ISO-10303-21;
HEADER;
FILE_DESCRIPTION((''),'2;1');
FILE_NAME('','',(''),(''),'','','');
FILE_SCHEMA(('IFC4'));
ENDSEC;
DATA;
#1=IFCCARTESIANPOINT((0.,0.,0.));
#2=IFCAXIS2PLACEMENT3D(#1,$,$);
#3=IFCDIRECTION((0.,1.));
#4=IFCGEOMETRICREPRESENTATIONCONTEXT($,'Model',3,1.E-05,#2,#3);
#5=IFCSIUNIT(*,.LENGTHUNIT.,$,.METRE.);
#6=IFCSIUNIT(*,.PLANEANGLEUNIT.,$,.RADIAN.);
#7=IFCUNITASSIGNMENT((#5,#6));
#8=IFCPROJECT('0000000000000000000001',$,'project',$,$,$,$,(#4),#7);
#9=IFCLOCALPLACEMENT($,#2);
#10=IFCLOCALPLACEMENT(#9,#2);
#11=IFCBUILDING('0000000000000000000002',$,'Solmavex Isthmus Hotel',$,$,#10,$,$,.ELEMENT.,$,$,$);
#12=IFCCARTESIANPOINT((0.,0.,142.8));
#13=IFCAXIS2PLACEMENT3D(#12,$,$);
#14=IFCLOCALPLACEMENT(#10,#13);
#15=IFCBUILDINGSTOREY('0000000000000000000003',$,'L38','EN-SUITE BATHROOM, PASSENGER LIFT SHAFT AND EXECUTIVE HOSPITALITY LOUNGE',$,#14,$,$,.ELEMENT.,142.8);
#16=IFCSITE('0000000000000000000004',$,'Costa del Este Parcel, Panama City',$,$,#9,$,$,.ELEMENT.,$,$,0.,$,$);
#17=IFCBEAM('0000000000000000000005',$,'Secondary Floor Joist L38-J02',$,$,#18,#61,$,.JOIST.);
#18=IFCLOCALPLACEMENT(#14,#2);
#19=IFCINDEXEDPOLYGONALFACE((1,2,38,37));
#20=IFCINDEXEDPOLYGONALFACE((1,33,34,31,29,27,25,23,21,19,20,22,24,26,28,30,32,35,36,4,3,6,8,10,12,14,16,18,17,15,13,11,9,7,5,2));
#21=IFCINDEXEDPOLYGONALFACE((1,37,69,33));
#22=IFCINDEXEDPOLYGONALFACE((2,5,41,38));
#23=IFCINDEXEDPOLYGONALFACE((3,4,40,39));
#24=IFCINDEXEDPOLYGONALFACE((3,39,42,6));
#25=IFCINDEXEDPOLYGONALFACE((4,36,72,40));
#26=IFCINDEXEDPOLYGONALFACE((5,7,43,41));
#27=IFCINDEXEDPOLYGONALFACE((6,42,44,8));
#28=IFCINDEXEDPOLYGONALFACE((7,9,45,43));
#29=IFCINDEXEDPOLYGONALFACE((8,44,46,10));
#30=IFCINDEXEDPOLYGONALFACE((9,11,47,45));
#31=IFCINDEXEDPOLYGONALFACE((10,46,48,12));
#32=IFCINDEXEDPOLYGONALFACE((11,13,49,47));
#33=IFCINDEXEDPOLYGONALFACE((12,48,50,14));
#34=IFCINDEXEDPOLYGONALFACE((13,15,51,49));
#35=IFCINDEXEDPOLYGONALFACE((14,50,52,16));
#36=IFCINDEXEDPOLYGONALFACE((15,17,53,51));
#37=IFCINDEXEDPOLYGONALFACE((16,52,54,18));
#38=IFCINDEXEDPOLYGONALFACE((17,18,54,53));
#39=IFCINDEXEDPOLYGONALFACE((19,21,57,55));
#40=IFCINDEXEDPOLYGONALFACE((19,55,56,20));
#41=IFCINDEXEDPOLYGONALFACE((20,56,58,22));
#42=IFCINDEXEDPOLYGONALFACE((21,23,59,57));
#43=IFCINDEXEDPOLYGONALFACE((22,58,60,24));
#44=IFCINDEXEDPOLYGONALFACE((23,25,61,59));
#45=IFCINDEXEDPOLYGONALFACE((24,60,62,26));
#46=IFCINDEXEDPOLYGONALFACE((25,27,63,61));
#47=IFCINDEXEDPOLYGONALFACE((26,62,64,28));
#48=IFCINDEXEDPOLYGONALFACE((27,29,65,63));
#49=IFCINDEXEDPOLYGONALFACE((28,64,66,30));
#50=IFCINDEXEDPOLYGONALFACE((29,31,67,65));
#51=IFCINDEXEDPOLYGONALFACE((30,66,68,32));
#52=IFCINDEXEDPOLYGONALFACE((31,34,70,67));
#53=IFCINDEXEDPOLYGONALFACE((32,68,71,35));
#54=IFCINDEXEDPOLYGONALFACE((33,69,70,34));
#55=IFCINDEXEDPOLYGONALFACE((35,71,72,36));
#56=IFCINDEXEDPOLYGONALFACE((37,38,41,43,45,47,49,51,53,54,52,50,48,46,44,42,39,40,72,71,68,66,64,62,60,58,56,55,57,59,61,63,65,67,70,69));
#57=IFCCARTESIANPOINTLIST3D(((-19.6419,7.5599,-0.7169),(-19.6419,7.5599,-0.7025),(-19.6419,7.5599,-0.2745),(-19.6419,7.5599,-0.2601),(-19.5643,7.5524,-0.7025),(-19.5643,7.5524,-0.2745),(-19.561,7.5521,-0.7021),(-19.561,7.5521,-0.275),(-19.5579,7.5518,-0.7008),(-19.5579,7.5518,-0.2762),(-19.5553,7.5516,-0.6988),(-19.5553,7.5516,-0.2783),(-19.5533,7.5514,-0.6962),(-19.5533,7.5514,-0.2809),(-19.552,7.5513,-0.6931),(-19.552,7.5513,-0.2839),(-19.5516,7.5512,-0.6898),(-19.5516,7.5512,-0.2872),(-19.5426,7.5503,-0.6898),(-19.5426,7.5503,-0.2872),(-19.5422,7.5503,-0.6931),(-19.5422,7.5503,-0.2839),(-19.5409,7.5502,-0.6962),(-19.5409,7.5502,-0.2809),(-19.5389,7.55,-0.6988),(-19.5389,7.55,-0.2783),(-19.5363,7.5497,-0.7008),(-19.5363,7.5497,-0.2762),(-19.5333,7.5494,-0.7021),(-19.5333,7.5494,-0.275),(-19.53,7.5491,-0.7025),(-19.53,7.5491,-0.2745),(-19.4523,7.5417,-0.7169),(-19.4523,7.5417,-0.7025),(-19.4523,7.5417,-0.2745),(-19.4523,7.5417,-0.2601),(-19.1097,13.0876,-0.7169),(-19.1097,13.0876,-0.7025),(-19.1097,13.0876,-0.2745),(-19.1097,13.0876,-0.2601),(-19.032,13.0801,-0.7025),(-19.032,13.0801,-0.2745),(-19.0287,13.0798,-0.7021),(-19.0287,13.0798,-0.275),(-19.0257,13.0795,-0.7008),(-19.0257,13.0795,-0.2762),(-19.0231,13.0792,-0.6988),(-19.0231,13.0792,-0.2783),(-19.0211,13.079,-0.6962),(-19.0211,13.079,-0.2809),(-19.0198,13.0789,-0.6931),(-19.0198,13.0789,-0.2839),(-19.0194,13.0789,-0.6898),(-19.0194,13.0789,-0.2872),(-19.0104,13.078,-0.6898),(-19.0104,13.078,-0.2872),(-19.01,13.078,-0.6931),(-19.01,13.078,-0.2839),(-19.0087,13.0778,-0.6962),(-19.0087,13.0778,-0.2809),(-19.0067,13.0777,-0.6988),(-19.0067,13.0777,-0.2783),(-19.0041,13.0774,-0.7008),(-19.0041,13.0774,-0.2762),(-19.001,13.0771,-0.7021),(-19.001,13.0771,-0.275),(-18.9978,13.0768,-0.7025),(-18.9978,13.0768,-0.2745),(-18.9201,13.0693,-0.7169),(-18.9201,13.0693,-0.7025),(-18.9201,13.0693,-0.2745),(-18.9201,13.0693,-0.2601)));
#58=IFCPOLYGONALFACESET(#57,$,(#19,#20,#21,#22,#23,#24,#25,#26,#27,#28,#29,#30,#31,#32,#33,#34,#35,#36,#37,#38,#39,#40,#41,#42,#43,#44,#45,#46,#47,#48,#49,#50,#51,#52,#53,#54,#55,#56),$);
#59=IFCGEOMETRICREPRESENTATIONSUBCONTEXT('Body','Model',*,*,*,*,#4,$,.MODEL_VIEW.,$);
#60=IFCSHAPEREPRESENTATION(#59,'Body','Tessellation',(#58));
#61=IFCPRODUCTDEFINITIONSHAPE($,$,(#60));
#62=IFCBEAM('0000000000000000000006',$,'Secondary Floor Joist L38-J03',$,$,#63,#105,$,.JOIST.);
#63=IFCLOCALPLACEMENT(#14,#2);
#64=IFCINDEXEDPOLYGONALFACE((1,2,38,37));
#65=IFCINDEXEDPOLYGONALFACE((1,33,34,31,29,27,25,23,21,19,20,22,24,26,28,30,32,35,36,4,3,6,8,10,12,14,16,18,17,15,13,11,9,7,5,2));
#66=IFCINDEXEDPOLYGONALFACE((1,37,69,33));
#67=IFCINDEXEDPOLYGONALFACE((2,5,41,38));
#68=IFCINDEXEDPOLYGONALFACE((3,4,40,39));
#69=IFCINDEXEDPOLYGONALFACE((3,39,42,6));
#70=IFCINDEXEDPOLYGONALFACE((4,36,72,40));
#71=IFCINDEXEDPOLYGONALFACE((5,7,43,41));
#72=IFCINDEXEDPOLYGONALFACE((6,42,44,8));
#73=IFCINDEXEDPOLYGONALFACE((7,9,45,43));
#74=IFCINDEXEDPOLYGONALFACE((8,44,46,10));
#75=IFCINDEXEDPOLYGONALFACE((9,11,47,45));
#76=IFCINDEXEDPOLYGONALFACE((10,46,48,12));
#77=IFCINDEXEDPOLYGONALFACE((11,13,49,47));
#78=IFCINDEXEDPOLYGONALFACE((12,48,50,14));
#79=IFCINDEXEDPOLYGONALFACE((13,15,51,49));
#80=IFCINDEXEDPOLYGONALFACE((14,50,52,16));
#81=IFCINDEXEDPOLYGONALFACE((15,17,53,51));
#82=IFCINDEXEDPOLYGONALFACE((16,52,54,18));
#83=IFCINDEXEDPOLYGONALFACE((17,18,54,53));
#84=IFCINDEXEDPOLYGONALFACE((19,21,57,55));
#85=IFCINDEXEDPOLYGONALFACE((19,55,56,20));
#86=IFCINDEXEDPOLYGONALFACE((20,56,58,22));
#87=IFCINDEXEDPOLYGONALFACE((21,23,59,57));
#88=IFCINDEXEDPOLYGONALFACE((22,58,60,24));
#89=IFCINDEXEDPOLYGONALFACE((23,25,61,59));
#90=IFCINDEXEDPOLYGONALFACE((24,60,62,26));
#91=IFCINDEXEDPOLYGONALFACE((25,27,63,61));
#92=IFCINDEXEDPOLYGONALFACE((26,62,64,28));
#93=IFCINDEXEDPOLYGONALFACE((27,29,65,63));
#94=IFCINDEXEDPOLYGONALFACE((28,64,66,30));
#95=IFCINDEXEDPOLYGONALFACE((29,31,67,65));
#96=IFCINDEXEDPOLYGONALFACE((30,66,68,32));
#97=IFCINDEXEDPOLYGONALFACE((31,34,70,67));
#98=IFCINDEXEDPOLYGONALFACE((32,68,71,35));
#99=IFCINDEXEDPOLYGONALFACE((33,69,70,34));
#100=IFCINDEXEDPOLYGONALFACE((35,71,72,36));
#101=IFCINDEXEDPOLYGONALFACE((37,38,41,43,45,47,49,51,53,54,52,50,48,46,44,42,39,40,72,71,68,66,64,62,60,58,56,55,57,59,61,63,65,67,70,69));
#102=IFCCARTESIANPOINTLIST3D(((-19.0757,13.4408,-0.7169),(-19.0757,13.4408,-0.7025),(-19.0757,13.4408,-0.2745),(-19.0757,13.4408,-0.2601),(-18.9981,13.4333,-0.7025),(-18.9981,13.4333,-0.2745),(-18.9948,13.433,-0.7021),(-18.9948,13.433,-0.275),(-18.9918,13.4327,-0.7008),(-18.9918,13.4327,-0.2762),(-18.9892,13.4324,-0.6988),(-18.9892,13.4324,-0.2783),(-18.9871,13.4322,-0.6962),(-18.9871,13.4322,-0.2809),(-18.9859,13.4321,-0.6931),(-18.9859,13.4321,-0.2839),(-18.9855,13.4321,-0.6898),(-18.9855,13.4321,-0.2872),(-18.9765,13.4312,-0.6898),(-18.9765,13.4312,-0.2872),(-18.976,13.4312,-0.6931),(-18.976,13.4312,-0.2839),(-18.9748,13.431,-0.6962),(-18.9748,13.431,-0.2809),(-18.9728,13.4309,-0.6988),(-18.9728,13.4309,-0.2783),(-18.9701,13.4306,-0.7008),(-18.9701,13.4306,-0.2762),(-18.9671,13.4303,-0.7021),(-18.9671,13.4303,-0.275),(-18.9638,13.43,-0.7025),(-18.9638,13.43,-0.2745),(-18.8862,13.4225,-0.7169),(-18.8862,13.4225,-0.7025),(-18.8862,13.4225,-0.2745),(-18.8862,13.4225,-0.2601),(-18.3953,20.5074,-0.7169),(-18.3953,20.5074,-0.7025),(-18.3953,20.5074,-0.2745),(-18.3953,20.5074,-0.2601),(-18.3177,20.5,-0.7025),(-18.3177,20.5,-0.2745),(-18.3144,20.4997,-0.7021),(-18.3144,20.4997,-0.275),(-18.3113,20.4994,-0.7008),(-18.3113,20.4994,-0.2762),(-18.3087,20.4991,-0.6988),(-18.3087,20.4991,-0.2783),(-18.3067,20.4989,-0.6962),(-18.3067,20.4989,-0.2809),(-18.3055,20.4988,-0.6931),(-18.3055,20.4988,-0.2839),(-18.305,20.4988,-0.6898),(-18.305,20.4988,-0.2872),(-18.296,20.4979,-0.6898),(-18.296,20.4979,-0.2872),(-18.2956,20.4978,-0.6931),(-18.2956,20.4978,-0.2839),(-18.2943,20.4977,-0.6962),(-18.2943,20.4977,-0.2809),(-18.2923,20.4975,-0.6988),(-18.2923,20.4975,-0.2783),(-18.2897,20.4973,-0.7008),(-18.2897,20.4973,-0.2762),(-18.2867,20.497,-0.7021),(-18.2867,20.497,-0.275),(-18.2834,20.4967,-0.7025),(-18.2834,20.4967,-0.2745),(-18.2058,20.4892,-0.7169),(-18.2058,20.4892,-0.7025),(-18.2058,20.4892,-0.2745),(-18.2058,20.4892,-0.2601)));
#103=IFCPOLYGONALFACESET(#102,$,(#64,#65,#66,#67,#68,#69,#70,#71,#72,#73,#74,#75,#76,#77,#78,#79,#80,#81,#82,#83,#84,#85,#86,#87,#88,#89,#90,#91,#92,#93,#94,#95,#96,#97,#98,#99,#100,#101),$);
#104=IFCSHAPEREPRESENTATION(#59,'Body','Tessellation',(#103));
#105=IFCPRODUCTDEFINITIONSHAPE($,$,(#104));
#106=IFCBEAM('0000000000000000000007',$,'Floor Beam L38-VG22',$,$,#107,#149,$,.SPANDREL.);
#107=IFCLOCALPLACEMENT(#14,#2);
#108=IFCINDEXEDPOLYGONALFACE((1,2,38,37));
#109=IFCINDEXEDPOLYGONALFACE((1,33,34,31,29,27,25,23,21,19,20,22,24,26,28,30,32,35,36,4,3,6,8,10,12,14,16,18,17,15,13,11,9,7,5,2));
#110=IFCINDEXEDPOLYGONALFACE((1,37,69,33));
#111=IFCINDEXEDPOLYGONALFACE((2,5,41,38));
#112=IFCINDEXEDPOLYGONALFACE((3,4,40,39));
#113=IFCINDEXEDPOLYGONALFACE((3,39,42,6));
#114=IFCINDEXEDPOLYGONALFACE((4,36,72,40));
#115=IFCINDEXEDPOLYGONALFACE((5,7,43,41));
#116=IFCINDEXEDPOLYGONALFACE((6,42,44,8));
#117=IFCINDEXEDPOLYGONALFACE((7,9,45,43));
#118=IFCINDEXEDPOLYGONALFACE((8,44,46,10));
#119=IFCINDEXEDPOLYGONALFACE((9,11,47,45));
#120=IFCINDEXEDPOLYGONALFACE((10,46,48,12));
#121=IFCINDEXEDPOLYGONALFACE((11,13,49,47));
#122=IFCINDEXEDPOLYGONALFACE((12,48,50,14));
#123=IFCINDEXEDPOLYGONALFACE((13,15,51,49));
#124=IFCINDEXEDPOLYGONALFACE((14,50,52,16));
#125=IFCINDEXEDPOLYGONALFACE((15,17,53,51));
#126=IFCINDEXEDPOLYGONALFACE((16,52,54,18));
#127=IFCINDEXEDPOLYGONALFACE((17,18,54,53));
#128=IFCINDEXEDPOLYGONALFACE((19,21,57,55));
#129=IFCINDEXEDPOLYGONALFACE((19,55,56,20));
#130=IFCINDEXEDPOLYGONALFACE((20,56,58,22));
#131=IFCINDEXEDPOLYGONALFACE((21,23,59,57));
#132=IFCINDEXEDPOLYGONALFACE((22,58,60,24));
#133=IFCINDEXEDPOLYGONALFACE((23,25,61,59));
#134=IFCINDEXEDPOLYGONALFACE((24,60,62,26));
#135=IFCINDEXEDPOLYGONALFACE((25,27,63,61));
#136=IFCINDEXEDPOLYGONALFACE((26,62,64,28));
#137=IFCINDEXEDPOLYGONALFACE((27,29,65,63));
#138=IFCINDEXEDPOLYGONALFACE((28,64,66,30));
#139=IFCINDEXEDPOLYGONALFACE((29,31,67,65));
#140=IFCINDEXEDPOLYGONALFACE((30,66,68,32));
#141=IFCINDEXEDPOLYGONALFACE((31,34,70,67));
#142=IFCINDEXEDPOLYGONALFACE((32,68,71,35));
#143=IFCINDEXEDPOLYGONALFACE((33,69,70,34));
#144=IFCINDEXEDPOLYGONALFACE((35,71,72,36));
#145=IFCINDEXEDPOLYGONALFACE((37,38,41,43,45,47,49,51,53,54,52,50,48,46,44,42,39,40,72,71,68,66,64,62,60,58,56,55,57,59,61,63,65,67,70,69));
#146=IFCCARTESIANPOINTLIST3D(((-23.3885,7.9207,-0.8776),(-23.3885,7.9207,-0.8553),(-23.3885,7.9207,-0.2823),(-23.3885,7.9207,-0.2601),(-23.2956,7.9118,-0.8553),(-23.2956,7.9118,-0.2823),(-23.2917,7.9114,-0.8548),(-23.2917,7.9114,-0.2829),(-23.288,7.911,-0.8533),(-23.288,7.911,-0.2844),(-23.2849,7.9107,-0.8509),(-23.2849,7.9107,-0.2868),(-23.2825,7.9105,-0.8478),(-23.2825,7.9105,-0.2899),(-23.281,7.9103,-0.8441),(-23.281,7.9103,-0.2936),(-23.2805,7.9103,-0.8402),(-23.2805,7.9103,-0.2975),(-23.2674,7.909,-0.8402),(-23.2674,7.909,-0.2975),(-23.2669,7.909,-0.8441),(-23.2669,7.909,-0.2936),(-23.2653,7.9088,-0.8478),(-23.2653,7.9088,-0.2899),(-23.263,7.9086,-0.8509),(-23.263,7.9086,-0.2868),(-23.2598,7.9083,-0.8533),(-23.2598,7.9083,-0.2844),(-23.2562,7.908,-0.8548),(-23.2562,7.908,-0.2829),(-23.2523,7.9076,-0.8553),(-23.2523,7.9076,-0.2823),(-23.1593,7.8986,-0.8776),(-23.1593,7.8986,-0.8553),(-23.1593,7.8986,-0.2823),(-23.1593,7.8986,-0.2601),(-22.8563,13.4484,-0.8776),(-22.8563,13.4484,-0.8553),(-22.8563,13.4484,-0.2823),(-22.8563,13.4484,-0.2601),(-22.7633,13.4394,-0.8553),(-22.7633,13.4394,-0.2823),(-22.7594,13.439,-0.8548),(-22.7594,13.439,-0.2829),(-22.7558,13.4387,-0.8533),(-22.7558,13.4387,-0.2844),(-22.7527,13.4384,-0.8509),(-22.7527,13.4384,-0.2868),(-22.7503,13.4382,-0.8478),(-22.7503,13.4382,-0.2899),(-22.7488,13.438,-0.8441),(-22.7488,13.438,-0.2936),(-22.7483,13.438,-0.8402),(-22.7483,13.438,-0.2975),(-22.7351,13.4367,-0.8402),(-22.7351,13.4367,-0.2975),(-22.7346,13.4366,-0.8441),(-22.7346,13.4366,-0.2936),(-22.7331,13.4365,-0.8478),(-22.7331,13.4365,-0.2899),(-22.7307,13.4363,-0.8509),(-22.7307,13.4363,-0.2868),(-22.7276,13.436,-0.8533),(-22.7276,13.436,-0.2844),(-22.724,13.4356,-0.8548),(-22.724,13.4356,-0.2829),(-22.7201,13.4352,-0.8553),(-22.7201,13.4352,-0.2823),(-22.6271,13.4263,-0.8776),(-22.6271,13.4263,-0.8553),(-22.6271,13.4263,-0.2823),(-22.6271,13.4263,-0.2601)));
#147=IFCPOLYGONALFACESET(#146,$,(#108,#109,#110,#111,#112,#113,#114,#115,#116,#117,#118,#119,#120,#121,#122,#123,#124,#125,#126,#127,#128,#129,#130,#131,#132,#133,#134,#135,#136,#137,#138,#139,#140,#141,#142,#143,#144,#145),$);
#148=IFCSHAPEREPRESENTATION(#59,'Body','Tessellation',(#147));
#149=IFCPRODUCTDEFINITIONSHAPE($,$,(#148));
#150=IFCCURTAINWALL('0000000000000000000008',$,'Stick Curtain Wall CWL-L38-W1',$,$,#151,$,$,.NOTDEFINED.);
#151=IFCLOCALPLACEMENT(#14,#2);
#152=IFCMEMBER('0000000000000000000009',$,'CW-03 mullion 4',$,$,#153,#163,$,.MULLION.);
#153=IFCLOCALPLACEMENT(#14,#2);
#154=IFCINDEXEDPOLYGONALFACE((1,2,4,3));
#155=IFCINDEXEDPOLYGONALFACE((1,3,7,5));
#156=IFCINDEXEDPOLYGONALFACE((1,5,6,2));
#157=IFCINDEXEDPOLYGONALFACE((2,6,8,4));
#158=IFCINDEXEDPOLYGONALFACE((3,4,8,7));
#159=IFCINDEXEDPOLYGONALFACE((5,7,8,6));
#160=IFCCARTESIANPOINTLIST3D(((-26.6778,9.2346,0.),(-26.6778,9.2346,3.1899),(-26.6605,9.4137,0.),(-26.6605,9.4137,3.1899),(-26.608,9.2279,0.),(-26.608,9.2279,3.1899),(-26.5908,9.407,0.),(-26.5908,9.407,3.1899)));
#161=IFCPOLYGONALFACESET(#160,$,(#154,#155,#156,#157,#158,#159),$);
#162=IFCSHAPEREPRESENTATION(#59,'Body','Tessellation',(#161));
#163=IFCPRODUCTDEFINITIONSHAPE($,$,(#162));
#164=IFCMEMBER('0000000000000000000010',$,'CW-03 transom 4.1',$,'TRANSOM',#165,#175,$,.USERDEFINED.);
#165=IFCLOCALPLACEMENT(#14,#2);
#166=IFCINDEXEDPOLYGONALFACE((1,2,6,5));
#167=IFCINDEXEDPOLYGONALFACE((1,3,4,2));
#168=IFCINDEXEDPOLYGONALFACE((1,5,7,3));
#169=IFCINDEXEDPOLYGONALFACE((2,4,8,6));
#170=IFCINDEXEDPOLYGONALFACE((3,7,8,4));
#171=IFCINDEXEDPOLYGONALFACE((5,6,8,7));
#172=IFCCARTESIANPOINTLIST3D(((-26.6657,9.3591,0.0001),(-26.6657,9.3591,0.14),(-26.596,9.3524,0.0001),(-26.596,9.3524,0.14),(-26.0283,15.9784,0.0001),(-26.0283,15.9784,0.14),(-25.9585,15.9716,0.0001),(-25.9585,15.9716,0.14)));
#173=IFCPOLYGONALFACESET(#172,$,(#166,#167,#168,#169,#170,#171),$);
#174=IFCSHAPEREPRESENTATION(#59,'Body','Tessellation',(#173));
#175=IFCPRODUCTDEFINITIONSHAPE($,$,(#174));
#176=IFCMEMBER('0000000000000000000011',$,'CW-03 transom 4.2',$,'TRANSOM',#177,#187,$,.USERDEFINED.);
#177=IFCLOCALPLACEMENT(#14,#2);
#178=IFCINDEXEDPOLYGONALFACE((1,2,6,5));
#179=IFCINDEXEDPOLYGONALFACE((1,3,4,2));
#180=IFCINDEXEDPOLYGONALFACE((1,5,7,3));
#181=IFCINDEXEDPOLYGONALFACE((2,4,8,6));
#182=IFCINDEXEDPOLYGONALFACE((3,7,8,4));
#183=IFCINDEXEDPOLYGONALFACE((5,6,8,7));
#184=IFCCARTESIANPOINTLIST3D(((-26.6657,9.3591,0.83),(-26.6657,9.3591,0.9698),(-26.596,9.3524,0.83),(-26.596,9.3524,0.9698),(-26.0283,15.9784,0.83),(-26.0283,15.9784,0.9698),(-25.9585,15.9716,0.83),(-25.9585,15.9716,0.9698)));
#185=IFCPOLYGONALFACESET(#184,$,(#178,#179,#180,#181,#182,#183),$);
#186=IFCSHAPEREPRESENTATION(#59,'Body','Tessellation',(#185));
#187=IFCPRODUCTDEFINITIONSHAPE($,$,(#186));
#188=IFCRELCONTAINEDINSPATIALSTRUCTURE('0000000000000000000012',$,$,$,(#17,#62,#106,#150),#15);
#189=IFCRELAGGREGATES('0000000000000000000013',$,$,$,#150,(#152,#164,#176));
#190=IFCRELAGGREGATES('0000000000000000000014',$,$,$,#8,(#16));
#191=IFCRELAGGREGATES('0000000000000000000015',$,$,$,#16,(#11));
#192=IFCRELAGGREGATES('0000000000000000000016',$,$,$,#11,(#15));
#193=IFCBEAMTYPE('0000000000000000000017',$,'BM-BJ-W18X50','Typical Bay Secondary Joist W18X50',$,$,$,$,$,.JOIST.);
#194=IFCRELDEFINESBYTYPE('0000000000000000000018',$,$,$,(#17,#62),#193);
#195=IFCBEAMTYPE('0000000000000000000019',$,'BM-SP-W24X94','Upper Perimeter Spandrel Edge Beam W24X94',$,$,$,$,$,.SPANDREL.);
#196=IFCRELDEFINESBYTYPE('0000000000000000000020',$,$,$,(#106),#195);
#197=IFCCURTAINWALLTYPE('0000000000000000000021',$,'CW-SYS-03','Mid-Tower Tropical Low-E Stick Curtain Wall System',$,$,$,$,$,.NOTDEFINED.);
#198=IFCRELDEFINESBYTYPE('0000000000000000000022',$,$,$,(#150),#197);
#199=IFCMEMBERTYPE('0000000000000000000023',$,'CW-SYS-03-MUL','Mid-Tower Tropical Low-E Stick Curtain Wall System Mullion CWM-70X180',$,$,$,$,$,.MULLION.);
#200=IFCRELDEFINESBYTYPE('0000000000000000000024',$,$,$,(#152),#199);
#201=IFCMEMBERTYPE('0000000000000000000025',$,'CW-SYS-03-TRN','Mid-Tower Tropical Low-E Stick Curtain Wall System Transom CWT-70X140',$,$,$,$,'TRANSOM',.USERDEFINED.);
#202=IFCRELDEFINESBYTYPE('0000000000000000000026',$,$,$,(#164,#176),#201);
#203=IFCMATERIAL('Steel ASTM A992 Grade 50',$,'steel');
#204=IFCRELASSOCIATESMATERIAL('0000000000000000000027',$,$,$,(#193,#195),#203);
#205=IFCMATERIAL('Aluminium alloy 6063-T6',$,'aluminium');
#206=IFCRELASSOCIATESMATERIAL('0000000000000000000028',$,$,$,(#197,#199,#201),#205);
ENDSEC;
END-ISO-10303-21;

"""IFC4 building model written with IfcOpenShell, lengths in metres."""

from ifc_helpers import new_model, si_unit, direction, frame, origin, origin_2d, place, context, subcontext, project, spatial, rectangle, i_section, extrude, material, material_profile, profile_set, type_object, element, aggregate, save


model = new_model("IFC4")

# Units and contexts
model_context = context("Model", 3, precision=1e-05, world=origin(), true_north=direction((0.0, 1.0)))
body_context = subcontext(model_context, "Body", "Model", "MODEL_VIEW")
ifc_project = project(units=[si_unit("LENGTHUNIT", "METRE"), si_unit("PLANEANGLEUNIT", "RADIAN")], contexts=[model_context])

# Site, building, storey
site_placement = place(None, origin())
site = spatial("IfcSite", under=ifc_project, at=site_placement, Name="Costa del Este Parcel, Panama City", CompositionType="ELEMENT", RefElevation=0.0)
building_placement = place(site_placement, origin())
building = spatial("IfcBuilding", under=site, at=building_placement, Name="Solmavex Isthmus Hotel", CompositionType="ELEMENT")
storey_placement = place(building_placement, frame((0.0, 0.0, 142.8)))
storey = spatial("IfcBuildingStorey", under=building, at=storey_placement, Name="L38", Description="EN-SUITE BATHROOM, PASSENGER LIFT SHAFT AND EXECUTIVE HOSPITALITY LOUNGE", CompositionType="ELEMENT", Elevation=142.8)

# Beams
ifc_material_1 = material(Name="Steel ASTM A992 Grade 50", Category="steel")
ifc_material_profile_1 = material_profile(ifc_material_1, i_section(OverallWidth=0.1904, OverallDepth=0.4568, WebThickness=0.009, FlangeThickness=0.0144, FilletRadius=0.0127, at=origin_2d()), Name="W18X50")
ifc_profile_set_1 = profile_set([ifc_material_profile_1], Name="Steel ASTM A992 Grade 50")
beam_type_1 = type_object("IfcBeamType", Name="BM-BJ-W18X50", Description="Typical Bay Secondary Joist W18X50", PredefinedType="JOIST", material=ifc_profile_set_1)
beam_1_placement = place(storey_placement, frame((-19.5471, 7.5508, -0.4885), z_axis=(0.095842, 0.995397, 0.0), x_axis=(-0.995397, 0.095842, 0.0)))
element("IfcBeam", 1, at=beam_1_placement, inside=storey, type_object=beam_type_1, Name="Secondary Floor Joist L38-J02", PredefinedType="JOIST", context=body_context, shape_type="SweptSolid", body=[
    extrude(i_section(OverallWidth=0.1904, OverallDepth=0.4568, WebThickness=0.009, FlangeThickness=0.0144, FilletRadius=0.0127, at=origin_2d()), origin(), (0.0, 0.0, 1.0), 5.5532),
])
beam_2_placement = place(storey_placement, frame((-18.981, 13.4316, -0.4885), z_axis=(0.095843, 0.995396, 0.0), x_axis=(-0.995396, 0.095843, 0.0)))
element("IfcBeam", 2, at=beam_2_placement, inside=storey, type_object=beam_type_1, Name="Secondary Floor Joist L38-J03", PredefinedType="JOIST", context=body_context, shape_type="SweptSolid", body=[
    extrude(i_section(OverallWidth=0.1904, OverallDepth=0.4568, WebThickness=0.009, FlangeThickness=0.0144, FilletRadius=0.0127, at=origin_2d()), origin(), (0.0, 0.0, 1.0), 7.0994),
])
ifc_material_profile_2 = material_profile(ifc_material_1, i_section(OverallWidth=0.2302, OverallDepth=0.6174, WebThickness=0.0132, FlangeThickness=0.0222, FilletRadius=0.0151, at=origin_2d()), Name="W24X94")
ifc_profile_set_2 = profile_set([ifc_material_profile_2], Name="Steel ASTM A992 Grade 50")
beam_type_2 = type_object("IfcBeamType", Name="BM-SP-W24X94", Description="Upper Perimeter Spandrel Edge Beam W24X94", PredefinedType="SPANDREL", material=ifc_profile_set_2)
beam_3_placement = place(storey_placement, frame((-23.2739, 7.9097, -0.5688), z_axis=(0.095842, 0.995397, 0.0), x_axis=(-0.995397, 0.095842, 0.0)))
element("IfcBeam", 3, at=beam_3_placement, inside=storey, type_object=beam_type_2, Name="Floor Beam L38-VG22", PredefinedType="SPANDREL", context=body_context, shape_type="SweptSolid", body=[
    extrude(i_section(OverallWidth=0.2302, OverallDepth=0.6174, WebThickness=0.0132, FlangeThickness=0.0222, FilletRadius=0.0151, at=origin_2d()), origin(), (0.0, 0.0, 1.0), 5.5532),
])

# Curtain wall, members
ifc_material_2 = material(Name="Aluminium alloy 6063-T6", Category="aluminium")
curtain_wall_type = type_object("IfcCurtainWallType", Name="CW-SYS-03", Description="Mid-Tower Tropical Low-E Stick Curtain Wall System", PredefinedType="NOTDEFINED", material=ifc_material_2)
curtain_wall_placement = place(storey_placement, origin())
curtain_wall = element("IfcCurtainWall", 4, at=curtain_wall_placement, inside=storey, type_object=curtain_wall_type, Name="Stick Curtain Wall CWL-L38-W1", PredefinedType="NOTDEFINED")
ifc_material_profile_3 = material_profile(ifc_material_2, rectangle(XDim=0.0701, YDim=0.1799, at=origin_2d()), Name="CWM-70X180")
ifc_profile_set_3 = profile_set([ifc_material_profile_3], Name="Aluminium alloy 6063-T6")
member_type_1 = type_object("IfcMemberType", Name="CW-SYS-03-MUL", Description="Mid-Tower Tropical Low-E Stick Curtain Wall System Mullion CWM-70X180", PredefinedType="MULLION", material=ifc_profile_set_3)
member_1_placement = place(storey_placement, frame((-26.6343, 9.3208, 0.0), z_axis=(0.0, 0.0, 1.0), x_axis=(-0.995396, 0.095846, 0.0)))
member_1 = element("IfcMember", 5, at=member_1_placement, type_object=member_type_1, Name="CW-03 mullion 4", PredefinedType="MULLION", context=body_context, shape_type="SweptSolid", body=[
    extrude(rectangle(XDim=0.0701, YDim=0.1799, at=origin_2d()), origin(), (0.0, 0.0, 1.0), 3.1899),
])
ifc_material_profile_4 = material_profile(ifc_material_2, rectangle(XDim=0.0701, YDim=0.1399, at=origin_2d()), Name="CWT-70X140")
ifc_profile_set_4 = profile_set([ifc_material_profile_4], Name="Aluminium alloy 6063-T6")
member_type_2 = type_object("IfcMemberType", Name="CW-SYS-03-TRN", Description="Mid-Tower Tropical Low-E Stick Curtain Wall System Transom CWT-70X140", ElementType="TRANSOM", PredefinedType="USERDEFINED", material=ifc_profile_set_4)
member_2_placement = place(storey_placement, frame((-26.6309, 9.3557, 0.0701), z_axis=(0.095857, 0.995395, 0.0), x_axis=(-0.995395, 0.095857, 0.0)))
member_2 = element("IfcMember", 6, at=member_2_placement, type_object=member_type_2, Name="CW-03 transom 4.1", ObjectType="TRANSOM", PredefinedType="USERDEFINED", context=body_context, shape_type="SweptSolid", body=[
    extrude(rectangle(XDim=0.0701, YDim=0.1399, at=origin_2d()), origin(), (0.0, 0.0, 1.0), 6.6499),
])
member_3_placement = place(storey_placement, frame((-26.6309, 9.3557, 0.8999), z_axis=(0.095857, 0.995395, 0.0), x_axis=(-0.995395, 0.095857, 0.0)))
member_3 = element("IfcMember", 7, at=member_3_placement, type_object=member_type_2, Name="CW-03 transom 4.2", ObjectType="TRANSOM", PredefinedType="USERDEFINED", context=body_context, shape_type="SweptSolid", body=[
    extrude(rectangle(XDim=0.0701, YDim=0.1399, at=origin_2d()), origin(), (0.0, 0.0, 1.0), 6.6499),
])
aggregate(curtain_wall, [member_1, member_2, member_3])

save(model, "model.ifc")
